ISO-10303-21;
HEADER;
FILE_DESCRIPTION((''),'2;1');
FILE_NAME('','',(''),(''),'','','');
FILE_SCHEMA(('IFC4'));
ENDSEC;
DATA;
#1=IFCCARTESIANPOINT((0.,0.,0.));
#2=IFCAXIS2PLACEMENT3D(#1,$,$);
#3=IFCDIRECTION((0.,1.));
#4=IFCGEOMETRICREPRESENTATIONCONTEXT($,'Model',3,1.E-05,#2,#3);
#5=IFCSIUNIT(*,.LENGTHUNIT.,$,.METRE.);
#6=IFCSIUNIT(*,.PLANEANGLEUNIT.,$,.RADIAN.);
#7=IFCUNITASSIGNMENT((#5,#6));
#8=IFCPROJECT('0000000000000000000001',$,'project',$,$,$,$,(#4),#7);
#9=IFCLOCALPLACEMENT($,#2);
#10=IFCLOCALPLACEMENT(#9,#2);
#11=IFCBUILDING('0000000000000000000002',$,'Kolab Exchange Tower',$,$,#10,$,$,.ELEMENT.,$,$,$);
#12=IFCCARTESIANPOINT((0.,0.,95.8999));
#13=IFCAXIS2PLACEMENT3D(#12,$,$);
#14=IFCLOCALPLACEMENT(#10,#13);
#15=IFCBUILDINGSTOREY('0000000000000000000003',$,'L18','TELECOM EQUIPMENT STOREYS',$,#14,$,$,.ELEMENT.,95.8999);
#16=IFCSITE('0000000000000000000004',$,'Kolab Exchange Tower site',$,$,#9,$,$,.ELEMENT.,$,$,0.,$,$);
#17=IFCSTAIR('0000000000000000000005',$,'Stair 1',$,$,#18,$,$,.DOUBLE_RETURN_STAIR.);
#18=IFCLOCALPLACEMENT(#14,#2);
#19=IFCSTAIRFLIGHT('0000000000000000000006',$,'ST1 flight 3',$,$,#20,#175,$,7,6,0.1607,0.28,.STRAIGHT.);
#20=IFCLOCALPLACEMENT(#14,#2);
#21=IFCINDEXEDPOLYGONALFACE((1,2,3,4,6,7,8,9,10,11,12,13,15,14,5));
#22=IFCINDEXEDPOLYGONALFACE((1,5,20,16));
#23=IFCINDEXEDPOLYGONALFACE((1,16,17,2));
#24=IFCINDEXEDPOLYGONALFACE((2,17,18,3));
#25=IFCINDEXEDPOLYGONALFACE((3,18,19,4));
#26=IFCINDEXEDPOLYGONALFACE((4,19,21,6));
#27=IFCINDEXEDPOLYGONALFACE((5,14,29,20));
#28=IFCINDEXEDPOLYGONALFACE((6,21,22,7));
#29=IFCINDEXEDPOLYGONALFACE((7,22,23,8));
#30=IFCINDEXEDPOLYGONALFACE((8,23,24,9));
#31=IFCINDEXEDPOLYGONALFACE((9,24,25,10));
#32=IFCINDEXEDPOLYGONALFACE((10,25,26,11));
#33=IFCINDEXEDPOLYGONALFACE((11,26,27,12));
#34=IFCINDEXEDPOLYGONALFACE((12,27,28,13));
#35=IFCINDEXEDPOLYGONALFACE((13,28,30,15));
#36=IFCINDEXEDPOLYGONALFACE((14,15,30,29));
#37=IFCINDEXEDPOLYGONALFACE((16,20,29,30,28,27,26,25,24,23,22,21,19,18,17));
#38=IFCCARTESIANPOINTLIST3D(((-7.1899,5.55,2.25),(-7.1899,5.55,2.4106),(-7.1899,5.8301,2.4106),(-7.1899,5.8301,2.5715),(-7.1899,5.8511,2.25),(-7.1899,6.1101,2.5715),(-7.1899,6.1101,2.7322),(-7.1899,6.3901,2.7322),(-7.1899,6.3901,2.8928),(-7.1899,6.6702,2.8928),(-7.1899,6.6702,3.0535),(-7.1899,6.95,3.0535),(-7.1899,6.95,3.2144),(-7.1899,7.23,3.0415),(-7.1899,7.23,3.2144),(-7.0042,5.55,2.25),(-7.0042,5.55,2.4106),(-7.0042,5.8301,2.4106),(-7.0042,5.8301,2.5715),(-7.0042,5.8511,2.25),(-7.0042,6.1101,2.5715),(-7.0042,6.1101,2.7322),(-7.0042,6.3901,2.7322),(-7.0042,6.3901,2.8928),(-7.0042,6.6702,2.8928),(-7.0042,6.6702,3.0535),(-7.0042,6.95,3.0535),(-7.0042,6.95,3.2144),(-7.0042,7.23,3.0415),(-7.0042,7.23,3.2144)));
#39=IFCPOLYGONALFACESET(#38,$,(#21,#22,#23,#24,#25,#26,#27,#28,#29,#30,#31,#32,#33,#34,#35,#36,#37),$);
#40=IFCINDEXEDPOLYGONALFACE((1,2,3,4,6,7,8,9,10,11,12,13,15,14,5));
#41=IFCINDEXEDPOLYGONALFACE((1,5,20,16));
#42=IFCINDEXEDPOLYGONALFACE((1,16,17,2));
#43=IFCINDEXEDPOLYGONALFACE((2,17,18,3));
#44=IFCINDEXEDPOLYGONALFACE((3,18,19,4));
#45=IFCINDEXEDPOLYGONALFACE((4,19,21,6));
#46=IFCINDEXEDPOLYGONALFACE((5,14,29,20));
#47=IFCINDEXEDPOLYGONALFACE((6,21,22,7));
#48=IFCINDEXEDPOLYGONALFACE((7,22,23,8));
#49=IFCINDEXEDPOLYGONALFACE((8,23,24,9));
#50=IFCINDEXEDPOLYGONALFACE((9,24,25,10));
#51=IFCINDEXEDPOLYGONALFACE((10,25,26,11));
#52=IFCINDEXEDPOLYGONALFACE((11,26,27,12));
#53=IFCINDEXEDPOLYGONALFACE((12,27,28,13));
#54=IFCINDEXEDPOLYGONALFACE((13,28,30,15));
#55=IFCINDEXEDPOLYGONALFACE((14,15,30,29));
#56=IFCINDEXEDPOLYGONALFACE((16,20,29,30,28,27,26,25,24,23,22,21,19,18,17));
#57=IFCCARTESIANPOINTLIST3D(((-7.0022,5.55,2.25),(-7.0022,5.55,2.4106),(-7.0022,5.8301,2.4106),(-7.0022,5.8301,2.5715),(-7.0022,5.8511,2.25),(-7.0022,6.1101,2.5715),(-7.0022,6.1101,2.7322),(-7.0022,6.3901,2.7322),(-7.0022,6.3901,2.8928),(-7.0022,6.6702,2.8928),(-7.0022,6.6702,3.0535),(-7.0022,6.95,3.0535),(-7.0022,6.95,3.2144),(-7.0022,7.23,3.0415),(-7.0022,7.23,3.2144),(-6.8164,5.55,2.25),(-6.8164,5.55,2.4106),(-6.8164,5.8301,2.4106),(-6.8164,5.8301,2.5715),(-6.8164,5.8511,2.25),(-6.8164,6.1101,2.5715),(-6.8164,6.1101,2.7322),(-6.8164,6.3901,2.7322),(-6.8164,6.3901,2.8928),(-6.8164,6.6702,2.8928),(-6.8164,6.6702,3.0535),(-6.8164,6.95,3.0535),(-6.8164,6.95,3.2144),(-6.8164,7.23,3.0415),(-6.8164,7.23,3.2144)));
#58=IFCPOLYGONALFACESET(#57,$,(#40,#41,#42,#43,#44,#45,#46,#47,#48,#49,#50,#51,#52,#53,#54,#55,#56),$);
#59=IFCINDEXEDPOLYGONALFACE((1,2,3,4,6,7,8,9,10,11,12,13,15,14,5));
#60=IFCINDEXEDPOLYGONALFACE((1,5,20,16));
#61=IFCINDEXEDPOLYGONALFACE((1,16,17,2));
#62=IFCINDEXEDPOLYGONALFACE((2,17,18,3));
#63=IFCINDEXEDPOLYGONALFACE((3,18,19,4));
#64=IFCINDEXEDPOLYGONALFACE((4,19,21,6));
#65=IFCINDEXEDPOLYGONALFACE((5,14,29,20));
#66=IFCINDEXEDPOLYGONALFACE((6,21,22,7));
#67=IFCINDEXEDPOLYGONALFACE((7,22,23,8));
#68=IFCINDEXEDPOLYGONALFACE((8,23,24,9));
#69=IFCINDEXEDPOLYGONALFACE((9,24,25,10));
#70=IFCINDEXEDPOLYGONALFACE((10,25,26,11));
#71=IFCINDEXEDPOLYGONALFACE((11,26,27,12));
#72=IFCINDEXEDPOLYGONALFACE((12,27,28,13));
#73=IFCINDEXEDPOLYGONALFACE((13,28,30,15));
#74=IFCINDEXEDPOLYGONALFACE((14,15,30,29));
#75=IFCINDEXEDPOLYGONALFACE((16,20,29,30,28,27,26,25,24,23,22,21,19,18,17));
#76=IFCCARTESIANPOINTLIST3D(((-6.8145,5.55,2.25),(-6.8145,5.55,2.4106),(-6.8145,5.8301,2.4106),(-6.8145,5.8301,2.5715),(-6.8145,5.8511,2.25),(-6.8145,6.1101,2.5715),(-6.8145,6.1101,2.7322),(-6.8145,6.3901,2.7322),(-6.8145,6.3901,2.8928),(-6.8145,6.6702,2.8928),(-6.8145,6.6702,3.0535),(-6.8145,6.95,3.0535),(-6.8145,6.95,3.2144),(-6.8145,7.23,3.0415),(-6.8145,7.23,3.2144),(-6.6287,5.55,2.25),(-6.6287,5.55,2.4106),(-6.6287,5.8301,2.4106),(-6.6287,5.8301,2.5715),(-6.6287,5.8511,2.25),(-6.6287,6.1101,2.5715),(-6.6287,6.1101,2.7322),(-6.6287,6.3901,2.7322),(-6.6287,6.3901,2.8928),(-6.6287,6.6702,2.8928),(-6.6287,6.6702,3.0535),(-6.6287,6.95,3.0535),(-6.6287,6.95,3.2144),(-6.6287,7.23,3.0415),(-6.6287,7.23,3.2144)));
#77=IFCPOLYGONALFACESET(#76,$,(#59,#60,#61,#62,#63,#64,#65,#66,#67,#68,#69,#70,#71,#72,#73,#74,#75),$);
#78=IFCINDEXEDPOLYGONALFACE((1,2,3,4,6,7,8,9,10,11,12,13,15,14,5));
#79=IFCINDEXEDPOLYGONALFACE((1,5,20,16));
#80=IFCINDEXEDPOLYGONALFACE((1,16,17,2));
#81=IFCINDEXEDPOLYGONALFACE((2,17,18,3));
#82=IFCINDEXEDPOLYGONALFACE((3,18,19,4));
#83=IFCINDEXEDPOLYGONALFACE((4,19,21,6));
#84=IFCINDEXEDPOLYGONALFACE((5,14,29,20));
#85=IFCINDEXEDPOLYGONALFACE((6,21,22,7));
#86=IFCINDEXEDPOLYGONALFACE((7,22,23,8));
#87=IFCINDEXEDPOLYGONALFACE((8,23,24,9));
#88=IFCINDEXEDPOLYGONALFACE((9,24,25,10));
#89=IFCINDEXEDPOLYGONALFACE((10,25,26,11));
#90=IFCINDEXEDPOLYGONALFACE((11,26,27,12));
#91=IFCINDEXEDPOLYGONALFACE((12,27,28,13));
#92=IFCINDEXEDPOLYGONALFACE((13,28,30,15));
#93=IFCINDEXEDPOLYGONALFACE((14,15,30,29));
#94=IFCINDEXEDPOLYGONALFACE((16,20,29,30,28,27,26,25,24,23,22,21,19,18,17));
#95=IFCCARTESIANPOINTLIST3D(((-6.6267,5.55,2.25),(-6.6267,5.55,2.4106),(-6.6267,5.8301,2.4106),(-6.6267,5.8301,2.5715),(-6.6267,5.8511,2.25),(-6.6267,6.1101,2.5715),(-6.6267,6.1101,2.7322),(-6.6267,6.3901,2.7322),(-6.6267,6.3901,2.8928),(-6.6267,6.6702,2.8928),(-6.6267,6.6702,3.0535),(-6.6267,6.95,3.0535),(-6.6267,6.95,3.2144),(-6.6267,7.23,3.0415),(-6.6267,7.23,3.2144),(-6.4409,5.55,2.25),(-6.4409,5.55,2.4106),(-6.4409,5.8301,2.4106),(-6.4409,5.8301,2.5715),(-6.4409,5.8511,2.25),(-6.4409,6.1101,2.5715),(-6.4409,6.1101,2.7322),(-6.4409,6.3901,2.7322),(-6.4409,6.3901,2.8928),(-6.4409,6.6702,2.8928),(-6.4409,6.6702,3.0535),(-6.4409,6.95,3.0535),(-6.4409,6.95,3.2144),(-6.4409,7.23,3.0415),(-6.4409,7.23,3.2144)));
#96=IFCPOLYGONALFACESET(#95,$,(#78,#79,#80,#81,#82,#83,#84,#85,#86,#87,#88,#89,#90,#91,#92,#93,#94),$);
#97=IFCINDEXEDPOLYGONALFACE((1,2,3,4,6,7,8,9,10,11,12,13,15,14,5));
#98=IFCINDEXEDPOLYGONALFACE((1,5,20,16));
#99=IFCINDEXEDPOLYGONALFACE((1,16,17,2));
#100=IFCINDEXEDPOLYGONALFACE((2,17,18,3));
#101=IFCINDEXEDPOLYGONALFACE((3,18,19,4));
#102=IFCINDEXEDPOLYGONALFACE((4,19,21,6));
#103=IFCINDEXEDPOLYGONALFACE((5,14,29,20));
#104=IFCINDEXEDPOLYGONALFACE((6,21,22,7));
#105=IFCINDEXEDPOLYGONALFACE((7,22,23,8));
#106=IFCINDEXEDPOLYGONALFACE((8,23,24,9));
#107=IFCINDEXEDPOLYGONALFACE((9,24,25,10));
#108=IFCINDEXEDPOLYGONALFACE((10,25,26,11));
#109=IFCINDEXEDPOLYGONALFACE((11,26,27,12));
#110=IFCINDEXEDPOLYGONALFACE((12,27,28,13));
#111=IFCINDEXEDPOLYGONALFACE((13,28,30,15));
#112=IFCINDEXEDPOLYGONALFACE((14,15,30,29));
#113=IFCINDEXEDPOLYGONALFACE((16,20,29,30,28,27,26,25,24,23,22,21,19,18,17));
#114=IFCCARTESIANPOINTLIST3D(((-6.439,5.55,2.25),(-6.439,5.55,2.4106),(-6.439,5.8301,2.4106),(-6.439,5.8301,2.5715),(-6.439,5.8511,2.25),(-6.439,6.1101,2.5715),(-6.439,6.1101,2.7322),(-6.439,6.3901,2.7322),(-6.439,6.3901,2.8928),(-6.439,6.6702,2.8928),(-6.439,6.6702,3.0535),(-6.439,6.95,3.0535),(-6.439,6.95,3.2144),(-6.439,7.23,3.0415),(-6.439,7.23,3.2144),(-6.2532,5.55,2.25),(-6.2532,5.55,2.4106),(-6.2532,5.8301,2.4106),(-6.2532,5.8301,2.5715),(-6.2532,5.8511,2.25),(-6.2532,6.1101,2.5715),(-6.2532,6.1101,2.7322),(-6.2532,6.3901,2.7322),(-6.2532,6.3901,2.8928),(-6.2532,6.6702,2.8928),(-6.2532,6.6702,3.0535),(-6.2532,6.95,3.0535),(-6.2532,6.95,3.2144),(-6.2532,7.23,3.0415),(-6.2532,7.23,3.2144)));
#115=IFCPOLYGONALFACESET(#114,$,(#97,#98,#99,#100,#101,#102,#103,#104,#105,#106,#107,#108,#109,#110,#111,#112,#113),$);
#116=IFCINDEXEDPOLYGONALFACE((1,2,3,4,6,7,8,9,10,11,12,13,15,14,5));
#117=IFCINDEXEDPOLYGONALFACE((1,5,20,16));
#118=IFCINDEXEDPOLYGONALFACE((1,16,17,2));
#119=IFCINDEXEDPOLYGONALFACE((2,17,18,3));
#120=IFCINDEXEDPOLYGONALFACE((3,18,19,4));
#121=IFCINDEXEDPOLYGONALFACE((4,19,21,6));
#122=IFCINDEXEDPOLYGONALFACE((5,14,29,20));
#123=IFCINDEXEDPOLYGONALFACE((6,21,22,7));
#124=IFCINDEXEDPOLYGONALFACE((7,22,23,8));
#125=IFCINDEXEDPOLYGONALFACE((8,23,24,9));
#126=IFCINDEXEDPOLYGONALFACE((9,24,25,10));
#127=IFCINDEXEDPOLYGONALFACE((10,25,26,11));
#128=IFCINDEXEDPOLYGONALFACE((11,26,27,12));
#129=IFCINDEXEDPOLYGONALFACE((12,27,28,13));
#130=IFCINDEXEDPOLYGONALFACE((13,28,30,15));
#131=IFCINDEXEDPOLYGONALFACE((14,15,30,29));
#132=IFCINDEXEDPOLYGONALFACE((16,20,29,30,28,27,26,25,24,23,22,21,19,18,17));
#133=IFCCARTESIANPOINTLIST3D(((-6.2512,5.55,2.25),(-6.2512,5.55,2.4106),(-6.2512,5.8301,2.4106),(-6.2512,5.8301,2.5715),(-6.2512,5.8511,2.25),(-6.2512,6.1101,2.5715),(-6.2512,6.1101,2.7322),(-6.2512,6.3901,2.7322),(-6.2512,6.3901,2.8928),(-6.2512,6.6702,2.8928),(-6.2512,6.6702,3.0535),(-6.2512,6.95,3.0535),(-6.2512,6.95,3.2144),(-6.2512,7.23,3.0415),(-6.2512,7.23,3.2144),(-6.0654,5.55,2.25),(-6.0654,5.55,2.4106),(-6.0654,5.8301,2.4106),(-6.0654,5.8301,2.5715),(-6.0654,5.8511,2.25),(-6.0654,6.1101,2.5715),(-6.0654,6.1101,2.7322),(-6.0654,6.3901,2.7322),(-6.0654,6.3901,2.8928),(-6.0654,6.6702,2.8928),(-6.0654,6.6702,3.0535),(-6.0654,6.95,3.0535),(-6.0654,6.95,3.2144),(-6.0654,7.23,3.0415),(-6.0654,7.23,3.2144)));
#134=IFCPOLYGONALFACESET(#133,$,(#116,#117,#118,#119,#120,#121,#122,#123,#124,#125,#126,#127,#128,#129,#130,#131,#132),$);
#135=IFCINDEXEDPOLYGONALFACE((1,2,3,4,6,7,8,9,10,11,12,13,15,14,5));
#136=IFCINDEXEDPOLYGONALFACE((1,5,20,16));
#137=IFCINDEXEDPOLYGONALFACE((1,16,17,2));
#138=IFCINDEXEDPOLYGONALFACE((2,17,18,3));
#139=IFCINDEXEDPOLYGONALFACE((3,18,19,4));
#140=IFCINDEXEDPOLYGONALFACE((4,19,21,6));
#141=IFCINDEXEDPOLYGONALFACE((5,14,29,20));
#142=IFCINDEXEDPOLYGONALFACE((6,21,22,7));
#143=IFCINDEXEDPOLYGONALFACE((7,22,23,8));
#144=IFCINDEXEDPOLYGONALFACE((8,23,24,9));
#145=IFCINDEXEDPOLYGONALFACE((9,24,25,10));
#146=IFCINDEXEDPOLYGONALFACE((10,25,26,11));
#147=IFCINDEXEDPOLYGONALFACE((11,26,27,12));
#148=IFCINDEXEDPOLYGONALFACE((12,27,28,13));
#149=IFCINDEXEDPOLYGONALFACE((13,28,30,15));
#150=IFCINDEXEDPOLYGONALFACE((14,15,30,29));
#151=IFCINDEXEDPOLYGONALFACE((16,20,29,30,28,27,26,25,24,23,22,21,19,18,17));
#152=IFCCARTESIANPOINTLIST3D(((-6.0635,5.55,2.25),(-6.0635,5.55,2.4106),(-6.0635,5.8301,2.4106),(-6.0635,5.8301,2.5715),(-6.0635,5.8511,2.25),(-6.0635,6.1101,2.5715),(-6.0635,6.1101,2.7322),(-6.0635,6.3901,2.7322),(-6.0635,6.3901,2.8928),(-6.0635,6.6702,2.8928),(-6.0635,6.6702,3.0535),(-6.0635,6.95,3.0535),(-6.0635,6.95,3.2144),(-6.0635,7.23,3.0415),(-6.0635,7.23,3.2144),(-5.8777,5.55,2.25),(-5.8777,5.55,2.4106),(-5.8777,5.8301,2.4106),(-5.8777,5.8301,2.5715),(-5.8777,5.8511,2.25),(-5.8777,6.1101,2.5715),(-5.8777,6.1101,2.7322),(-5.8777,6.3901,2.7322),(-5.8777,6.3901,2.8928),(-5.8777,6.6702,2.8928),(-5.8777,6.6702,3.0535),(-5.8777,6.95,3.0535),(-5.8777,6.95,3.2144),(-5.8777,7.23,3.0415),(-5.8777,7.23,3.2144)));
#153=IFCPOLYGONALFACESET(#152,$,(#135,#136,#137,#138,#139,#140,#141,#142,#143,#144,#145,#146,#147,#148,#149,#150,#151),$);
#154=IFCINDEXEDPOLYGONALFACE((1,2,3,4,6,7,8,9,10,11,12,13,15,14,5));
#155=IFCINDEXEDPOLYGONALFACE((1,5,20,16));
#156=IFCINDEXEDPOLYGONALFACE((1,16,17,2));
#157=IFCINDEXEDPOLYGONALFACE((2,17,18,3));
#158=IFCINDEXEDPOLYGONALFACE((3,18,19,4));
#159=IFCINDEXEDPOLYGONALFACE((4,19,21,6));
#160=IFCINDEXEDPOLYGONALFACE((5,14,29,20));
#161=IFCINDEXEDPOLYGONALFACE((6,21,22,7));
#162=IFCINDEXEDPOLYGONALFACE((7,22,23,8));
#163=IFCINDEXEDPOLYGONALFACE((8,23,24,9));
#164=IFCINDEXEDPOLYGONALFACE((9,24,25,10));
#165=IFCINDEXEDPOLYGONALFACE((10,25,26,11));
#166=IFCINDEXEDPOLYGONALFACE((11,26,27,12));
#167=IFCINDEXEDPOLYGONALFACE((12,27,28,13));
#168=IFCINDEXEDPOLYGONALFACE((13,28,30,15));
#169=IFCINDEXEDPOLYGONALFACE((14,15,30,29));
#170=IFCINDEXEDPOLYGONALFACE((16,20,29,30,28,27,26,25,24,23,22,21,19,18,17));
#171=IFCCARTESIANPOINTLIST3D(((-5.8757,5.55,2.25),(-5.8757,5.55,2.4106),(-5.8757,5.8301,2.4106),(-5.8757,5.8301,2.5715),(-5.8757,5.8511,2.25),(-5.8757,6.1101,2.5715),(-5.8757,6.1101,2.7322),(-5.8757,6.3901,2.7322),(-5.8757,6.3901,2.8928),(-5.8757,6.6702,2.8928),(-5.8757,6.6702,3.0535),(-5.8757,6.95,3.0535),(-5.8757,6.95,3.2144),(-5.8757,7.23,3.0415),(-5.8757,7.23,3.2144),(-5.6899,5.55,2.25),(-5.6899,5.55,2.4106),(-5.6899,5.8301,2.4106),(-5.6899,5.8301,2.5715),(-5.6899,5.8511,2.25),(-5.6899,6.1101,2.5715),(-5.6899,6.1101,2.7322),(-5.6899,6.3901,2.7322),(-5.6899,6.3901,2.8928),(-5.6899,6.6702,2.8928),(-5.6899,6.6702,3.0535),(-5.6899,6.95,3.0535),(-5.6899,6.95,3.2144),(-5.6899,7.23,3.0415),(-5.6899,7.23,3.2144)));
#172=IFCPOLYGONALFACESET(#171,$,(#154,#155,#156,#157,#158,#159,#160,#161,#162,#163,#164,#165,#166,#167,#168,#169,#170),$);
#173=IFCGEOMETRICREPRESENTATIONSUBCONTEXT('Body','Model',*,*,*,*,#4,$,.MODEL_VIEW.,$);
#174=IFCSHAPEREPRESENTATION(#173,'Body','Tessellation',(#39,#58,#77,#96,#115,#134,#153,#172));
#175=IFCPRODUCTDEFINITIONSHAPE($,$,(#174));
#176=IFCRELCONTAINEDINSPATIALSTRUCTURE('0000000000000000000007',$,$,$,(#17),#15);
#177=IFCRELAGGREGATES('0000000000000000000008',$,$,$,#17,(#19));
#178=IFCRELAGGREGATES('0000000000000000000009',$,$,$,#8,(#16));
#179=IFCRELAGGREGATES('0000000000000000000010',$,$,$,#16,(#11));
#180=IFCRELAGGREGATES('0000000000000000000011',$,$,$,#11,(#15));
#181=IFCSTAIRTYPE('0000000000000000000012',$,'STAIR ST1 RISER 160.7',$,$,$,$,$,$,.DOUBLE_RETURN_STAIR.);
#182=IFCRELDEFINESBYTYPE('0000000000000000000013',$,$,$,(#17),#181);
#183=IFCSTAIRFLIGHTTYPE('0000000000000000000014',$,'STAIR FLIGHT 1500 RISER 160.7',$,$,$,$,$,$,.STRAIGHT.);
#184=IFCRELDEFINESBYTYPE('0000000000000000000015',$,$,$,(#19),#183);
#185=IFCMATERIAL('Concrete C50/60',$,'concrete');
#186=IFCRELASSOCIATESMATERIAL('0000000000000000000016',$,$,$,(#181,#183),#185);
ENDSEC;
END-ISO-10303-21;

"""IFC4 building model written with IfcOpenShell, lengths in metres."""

from ifc_helpers import new_model, si_unit, direction, frame, origin, place, context, subcontext, project, spatial, polyline, outline, extrude, material, type_object, element, aggregate, save


model = new_model("IFC4")

# Units and contexts
model_context = context("Model", 3, precision=1e-05, world=origin(), true_north=direction((0.0, 1.0)))
body_context = subcontext(model_context, "Body", "Model", "MODEL_VIEW")
ifc_project = project(units=[si_unit("LENGTHUNIT", "METRE"), si_unit("PLANEANGLEUNIT", "RADIAN")], contexts=[model_context])

# Site, building, storey
site_placement = place(None, origin())
site = spatial("IfcSite", under=ifc_project, at=site_placement, Name="Kolab Exchange Tower site", CompositionType="ELEMENT", RefElevation=0.0)
building_placement = place(site_placement, origin())
building = spatial("IfcBuilding", under=site, at=building_placement, Name="Kolab Exchange Tower", CompositionType="ELEMENT")
storey_placement = place(building_placement, frame((0.0, 0.0, 95.8999)))
storey = spatial("IfcBuildingStorey", under=building, at=storey_placement, Name="L18", Description="TELECOM EQUIPMENT STOREYS", CompositionType="ELEMENT", Elevation=95.8999)

# Shared definitions
ifc_material_1 = material(Name="Concrete C50/60", Category="concrete")

# Stair, stair flight
stair_type = type_object("IfcStairType", Name="STAIR ST1 RISER 160.7", PredefinedType="DOUBLE_RETURN_STAIR", material=ifc_material_1)
stair_placement = place(storey_placement, origin())
stair = element("IfcStair", 1, at=stair_placement, inside=storey, type_object=stair_type, Name="Stair 1", PredefinedType="DOUBLE_RETURN_STAIR")
stair_flight_type = type_object("IfcStairFlightType", Name="STAIR FLIGHT 1500 RISER 160.7", PredefinedType="STRAIGHT", material=ifc_material_1)
stair_flight_1_placement = place(storey_placement, frame((-6.4399, 5.55, 2.25), z_axis=(0.0, 0.0, 1.0), x_axis=(0.0, 1.0, 0.0)))
stair_flight_1 = element("IfcStairFlight", 2, at=stair_flight_1_placement, type_object=stair_flight_type, Name="ST1 flight 3", NumberOfRisers=7, NumberOfTreads=6, PredefinedType="STRAIGHT", RiserHeight=0.1607, TreadLength=0.28, context=body_context, shape_type="SweptSolid", body=[
    extrude(outline(polyline([(0.0, 0.0), (0.0, 0.1606), (0.28, 0.1606), (0.28, 0.3215), (0.5601, 0.3215), (0.5601, 0.4822), (0.8401, 0.4822), (0.8401, 0.6428), (1.1201, 0.6428), (1.1201, 0.8035), (1.3999, 0.8035), (1.3999, 0.9644), (1.6799, 0.9644), (1.6799, 1.125), (1.6799, 0.7915), (0.301, 0.0), (0.0, 0.0)])), frame((0.0, 0.75, 0.0), z_axis=(0.0, -1.0, 0.0), x_axis=(1.0, 0.0, 0.0)), (0.0, 0.0, 1.0), 0.1858),
    extrude(outline(polyline([(0.0, 0.0), (0.0, 0.1606), (0.28, 0.1606), (0.28, 0.3215), (0.5601, 0.3215), (0.5601, 0.4822), (0.8401, 0.4822), (0.8401, 0.6428), (1.1201, 0.6428), (1.1201, 0.8035), (1.3999, 0.8035), (1.3999, 0.9644), (1.6799, 0.9644), (1.6799, 1.125), (1.6799, 0.7915), (0.301, 0.0), (0.0, 0.0)])), frame((0.0, 0.5623, 0.0), z_axis=(0.0, -1.0, 0.0), x_axis=(1.0, 0.0, 0.0)), (0.0, 0.0, 1.0), 0.1858),
    extrude(outline(polyline([(0.0, 0.0), (0.0, 0.1606), (0.28, 0.1606), (0.28, 0.3215), (0.5601, 0.3215), (0.5601, 0.4822), (0.8401, 0.4822), (0.8401, 0.6428), (1.1201, 0.6428), (1.1201, 0.8035), (1.3999, 0.8035), (1.3999, 0.9644), (1.6799, 0.9644), (1.6799, 1.125), (1.6799, 0.7915), (0.301, 0.0), (0.0, 0.0)])), frame((0.0, 0.3745, 0.0), z_axis=(0.0, -1.0, 0.0), x_axis=(1.0, 0.0, 0.0)), (0.0, 0.0, 1.0), 0.1858),
    extrude(outline(polyline([(0.0, 0.0), (0.0, 0.1606), (0.28, 0.1606), (0.28, 0.3215), (0.5601, 0.3215), (0.5601, 0.4822), (0.8401, 0.4822), (0.8401, 0.6428), (1.1201, 0.6428), (1.1201, 0.8035), (1.3999, 0.8035), (1.3999, 0.9644), (1.6799, 0.9644), (1.6799, 1.125), (1.6799, 0.7915), (0.301, 0.0), (0.0, 0.0)])), frame((0.0, 0.1868, 0.0), z_axis=(0.0, -1.0, 0.0), x_axis=(1.0, 0.0, 0.0)), (0.0, 0.0, 1.0), 0.1858),
    extrude(outline(polyline([(0.0, 0.0), (0.0, 0.1606), (0.28, 0.1606), (0.28, 0.3215), (0.5601, 0.3215), (0.5601, 0.4822), (0.8401, 0.4822), (0.8401, 0.6428), (1.1201, 0.6428), (1.1201, 0.8035), (1.3999, 0.8035), (1.3999, 0.9644), (1.6799, 0.9644), (1.6799, 1.125), (1.6799, 0.7915), (0.301, 0.0), (0.0, 0.0)])), frame((0.0, -0.001, 0.0), z_axis=(0.0, -1.0, 0.0), x_axis=(1.0, 0.0, 0.0)), (0.0, 0.0, 1.0), 0.1858),
    extrude(outline(polyline([(0.0, 0.0), (0.0, 0.1606), (0.28, 0.1606), (0.28, 0.3215), (0.5601, 0.3215), (0.5601, 0.4822), (0.8401, 0.4822), (0.8401, 0.6428), (1.1201, 0.6428), (1.1201, 0.8035), (1.3999, 0.8035), (1.3999, 0.9644), (1.6799, 0.9644), (1.6799, 1.125), (1.6799, 0.7915), (0.301, 0.0), (0.0, 0.0)])), frame((0.0, -0.1887, 0.0), z_axis=(0.0, -1.0, 0.0), x_axis=(1.0, 0.0, 0.0)), (0.0, 0.0, 1.0), 0.1858),
    extrude(outline(polyline([(0.0, 0.0), (0.0, 0.1606), (0.28, 0.1606), (0.28, 0.3215), (0.5601, 0.3215), (0.5601, 0.4822), (0.8401, 0.4822), (0.8401, 0.6428), (1.1201, 0.6428), (1.1201, 0.8035), (1.3999, 0.8035), (1.3999, 0.9644), (1.6799, 0.9644), (1.6799, 1.125), (1.6799, 0.7915), (0.301, 0.0), (0.0, 0.0)])), frame((0.0, -0.3765, 0.0), z_axis=(0.0, -1.0, 0.0), x_axis=(1.0, 0.0, 0.0)), (0.0, 0.0, 1.0), 0.1858),
    extrude(outline(polyline([(0.0, 0.0), (0.0, 0.1606), (0.28, 0.1606), (0.28, 0.3215), (0.5601, 0.3215), (0.5601, 0.4822), (0.8401, 0.4822), (0.8401, 0.6428), (1.1201, 0.6428), (1.1201, 0.8035), (1.3999, 0.8035), (1.3999, 0.9644), (1.6799, 0.9644), (1.6799, 1.125), (1.6799, 0.7915), (0.301, 0.0), (0.0, 0.0)])), frame((0.0, -0.5642, 0.0), z_axis=(0.0, -1.0, 0.0), x_axis=(1.0, 0.0, 0.0)), (0.0, 0.0, 1.0), 0.1858),
])
aggregate(stair, [stair_flight_1])

save(model, "model.ifc")
